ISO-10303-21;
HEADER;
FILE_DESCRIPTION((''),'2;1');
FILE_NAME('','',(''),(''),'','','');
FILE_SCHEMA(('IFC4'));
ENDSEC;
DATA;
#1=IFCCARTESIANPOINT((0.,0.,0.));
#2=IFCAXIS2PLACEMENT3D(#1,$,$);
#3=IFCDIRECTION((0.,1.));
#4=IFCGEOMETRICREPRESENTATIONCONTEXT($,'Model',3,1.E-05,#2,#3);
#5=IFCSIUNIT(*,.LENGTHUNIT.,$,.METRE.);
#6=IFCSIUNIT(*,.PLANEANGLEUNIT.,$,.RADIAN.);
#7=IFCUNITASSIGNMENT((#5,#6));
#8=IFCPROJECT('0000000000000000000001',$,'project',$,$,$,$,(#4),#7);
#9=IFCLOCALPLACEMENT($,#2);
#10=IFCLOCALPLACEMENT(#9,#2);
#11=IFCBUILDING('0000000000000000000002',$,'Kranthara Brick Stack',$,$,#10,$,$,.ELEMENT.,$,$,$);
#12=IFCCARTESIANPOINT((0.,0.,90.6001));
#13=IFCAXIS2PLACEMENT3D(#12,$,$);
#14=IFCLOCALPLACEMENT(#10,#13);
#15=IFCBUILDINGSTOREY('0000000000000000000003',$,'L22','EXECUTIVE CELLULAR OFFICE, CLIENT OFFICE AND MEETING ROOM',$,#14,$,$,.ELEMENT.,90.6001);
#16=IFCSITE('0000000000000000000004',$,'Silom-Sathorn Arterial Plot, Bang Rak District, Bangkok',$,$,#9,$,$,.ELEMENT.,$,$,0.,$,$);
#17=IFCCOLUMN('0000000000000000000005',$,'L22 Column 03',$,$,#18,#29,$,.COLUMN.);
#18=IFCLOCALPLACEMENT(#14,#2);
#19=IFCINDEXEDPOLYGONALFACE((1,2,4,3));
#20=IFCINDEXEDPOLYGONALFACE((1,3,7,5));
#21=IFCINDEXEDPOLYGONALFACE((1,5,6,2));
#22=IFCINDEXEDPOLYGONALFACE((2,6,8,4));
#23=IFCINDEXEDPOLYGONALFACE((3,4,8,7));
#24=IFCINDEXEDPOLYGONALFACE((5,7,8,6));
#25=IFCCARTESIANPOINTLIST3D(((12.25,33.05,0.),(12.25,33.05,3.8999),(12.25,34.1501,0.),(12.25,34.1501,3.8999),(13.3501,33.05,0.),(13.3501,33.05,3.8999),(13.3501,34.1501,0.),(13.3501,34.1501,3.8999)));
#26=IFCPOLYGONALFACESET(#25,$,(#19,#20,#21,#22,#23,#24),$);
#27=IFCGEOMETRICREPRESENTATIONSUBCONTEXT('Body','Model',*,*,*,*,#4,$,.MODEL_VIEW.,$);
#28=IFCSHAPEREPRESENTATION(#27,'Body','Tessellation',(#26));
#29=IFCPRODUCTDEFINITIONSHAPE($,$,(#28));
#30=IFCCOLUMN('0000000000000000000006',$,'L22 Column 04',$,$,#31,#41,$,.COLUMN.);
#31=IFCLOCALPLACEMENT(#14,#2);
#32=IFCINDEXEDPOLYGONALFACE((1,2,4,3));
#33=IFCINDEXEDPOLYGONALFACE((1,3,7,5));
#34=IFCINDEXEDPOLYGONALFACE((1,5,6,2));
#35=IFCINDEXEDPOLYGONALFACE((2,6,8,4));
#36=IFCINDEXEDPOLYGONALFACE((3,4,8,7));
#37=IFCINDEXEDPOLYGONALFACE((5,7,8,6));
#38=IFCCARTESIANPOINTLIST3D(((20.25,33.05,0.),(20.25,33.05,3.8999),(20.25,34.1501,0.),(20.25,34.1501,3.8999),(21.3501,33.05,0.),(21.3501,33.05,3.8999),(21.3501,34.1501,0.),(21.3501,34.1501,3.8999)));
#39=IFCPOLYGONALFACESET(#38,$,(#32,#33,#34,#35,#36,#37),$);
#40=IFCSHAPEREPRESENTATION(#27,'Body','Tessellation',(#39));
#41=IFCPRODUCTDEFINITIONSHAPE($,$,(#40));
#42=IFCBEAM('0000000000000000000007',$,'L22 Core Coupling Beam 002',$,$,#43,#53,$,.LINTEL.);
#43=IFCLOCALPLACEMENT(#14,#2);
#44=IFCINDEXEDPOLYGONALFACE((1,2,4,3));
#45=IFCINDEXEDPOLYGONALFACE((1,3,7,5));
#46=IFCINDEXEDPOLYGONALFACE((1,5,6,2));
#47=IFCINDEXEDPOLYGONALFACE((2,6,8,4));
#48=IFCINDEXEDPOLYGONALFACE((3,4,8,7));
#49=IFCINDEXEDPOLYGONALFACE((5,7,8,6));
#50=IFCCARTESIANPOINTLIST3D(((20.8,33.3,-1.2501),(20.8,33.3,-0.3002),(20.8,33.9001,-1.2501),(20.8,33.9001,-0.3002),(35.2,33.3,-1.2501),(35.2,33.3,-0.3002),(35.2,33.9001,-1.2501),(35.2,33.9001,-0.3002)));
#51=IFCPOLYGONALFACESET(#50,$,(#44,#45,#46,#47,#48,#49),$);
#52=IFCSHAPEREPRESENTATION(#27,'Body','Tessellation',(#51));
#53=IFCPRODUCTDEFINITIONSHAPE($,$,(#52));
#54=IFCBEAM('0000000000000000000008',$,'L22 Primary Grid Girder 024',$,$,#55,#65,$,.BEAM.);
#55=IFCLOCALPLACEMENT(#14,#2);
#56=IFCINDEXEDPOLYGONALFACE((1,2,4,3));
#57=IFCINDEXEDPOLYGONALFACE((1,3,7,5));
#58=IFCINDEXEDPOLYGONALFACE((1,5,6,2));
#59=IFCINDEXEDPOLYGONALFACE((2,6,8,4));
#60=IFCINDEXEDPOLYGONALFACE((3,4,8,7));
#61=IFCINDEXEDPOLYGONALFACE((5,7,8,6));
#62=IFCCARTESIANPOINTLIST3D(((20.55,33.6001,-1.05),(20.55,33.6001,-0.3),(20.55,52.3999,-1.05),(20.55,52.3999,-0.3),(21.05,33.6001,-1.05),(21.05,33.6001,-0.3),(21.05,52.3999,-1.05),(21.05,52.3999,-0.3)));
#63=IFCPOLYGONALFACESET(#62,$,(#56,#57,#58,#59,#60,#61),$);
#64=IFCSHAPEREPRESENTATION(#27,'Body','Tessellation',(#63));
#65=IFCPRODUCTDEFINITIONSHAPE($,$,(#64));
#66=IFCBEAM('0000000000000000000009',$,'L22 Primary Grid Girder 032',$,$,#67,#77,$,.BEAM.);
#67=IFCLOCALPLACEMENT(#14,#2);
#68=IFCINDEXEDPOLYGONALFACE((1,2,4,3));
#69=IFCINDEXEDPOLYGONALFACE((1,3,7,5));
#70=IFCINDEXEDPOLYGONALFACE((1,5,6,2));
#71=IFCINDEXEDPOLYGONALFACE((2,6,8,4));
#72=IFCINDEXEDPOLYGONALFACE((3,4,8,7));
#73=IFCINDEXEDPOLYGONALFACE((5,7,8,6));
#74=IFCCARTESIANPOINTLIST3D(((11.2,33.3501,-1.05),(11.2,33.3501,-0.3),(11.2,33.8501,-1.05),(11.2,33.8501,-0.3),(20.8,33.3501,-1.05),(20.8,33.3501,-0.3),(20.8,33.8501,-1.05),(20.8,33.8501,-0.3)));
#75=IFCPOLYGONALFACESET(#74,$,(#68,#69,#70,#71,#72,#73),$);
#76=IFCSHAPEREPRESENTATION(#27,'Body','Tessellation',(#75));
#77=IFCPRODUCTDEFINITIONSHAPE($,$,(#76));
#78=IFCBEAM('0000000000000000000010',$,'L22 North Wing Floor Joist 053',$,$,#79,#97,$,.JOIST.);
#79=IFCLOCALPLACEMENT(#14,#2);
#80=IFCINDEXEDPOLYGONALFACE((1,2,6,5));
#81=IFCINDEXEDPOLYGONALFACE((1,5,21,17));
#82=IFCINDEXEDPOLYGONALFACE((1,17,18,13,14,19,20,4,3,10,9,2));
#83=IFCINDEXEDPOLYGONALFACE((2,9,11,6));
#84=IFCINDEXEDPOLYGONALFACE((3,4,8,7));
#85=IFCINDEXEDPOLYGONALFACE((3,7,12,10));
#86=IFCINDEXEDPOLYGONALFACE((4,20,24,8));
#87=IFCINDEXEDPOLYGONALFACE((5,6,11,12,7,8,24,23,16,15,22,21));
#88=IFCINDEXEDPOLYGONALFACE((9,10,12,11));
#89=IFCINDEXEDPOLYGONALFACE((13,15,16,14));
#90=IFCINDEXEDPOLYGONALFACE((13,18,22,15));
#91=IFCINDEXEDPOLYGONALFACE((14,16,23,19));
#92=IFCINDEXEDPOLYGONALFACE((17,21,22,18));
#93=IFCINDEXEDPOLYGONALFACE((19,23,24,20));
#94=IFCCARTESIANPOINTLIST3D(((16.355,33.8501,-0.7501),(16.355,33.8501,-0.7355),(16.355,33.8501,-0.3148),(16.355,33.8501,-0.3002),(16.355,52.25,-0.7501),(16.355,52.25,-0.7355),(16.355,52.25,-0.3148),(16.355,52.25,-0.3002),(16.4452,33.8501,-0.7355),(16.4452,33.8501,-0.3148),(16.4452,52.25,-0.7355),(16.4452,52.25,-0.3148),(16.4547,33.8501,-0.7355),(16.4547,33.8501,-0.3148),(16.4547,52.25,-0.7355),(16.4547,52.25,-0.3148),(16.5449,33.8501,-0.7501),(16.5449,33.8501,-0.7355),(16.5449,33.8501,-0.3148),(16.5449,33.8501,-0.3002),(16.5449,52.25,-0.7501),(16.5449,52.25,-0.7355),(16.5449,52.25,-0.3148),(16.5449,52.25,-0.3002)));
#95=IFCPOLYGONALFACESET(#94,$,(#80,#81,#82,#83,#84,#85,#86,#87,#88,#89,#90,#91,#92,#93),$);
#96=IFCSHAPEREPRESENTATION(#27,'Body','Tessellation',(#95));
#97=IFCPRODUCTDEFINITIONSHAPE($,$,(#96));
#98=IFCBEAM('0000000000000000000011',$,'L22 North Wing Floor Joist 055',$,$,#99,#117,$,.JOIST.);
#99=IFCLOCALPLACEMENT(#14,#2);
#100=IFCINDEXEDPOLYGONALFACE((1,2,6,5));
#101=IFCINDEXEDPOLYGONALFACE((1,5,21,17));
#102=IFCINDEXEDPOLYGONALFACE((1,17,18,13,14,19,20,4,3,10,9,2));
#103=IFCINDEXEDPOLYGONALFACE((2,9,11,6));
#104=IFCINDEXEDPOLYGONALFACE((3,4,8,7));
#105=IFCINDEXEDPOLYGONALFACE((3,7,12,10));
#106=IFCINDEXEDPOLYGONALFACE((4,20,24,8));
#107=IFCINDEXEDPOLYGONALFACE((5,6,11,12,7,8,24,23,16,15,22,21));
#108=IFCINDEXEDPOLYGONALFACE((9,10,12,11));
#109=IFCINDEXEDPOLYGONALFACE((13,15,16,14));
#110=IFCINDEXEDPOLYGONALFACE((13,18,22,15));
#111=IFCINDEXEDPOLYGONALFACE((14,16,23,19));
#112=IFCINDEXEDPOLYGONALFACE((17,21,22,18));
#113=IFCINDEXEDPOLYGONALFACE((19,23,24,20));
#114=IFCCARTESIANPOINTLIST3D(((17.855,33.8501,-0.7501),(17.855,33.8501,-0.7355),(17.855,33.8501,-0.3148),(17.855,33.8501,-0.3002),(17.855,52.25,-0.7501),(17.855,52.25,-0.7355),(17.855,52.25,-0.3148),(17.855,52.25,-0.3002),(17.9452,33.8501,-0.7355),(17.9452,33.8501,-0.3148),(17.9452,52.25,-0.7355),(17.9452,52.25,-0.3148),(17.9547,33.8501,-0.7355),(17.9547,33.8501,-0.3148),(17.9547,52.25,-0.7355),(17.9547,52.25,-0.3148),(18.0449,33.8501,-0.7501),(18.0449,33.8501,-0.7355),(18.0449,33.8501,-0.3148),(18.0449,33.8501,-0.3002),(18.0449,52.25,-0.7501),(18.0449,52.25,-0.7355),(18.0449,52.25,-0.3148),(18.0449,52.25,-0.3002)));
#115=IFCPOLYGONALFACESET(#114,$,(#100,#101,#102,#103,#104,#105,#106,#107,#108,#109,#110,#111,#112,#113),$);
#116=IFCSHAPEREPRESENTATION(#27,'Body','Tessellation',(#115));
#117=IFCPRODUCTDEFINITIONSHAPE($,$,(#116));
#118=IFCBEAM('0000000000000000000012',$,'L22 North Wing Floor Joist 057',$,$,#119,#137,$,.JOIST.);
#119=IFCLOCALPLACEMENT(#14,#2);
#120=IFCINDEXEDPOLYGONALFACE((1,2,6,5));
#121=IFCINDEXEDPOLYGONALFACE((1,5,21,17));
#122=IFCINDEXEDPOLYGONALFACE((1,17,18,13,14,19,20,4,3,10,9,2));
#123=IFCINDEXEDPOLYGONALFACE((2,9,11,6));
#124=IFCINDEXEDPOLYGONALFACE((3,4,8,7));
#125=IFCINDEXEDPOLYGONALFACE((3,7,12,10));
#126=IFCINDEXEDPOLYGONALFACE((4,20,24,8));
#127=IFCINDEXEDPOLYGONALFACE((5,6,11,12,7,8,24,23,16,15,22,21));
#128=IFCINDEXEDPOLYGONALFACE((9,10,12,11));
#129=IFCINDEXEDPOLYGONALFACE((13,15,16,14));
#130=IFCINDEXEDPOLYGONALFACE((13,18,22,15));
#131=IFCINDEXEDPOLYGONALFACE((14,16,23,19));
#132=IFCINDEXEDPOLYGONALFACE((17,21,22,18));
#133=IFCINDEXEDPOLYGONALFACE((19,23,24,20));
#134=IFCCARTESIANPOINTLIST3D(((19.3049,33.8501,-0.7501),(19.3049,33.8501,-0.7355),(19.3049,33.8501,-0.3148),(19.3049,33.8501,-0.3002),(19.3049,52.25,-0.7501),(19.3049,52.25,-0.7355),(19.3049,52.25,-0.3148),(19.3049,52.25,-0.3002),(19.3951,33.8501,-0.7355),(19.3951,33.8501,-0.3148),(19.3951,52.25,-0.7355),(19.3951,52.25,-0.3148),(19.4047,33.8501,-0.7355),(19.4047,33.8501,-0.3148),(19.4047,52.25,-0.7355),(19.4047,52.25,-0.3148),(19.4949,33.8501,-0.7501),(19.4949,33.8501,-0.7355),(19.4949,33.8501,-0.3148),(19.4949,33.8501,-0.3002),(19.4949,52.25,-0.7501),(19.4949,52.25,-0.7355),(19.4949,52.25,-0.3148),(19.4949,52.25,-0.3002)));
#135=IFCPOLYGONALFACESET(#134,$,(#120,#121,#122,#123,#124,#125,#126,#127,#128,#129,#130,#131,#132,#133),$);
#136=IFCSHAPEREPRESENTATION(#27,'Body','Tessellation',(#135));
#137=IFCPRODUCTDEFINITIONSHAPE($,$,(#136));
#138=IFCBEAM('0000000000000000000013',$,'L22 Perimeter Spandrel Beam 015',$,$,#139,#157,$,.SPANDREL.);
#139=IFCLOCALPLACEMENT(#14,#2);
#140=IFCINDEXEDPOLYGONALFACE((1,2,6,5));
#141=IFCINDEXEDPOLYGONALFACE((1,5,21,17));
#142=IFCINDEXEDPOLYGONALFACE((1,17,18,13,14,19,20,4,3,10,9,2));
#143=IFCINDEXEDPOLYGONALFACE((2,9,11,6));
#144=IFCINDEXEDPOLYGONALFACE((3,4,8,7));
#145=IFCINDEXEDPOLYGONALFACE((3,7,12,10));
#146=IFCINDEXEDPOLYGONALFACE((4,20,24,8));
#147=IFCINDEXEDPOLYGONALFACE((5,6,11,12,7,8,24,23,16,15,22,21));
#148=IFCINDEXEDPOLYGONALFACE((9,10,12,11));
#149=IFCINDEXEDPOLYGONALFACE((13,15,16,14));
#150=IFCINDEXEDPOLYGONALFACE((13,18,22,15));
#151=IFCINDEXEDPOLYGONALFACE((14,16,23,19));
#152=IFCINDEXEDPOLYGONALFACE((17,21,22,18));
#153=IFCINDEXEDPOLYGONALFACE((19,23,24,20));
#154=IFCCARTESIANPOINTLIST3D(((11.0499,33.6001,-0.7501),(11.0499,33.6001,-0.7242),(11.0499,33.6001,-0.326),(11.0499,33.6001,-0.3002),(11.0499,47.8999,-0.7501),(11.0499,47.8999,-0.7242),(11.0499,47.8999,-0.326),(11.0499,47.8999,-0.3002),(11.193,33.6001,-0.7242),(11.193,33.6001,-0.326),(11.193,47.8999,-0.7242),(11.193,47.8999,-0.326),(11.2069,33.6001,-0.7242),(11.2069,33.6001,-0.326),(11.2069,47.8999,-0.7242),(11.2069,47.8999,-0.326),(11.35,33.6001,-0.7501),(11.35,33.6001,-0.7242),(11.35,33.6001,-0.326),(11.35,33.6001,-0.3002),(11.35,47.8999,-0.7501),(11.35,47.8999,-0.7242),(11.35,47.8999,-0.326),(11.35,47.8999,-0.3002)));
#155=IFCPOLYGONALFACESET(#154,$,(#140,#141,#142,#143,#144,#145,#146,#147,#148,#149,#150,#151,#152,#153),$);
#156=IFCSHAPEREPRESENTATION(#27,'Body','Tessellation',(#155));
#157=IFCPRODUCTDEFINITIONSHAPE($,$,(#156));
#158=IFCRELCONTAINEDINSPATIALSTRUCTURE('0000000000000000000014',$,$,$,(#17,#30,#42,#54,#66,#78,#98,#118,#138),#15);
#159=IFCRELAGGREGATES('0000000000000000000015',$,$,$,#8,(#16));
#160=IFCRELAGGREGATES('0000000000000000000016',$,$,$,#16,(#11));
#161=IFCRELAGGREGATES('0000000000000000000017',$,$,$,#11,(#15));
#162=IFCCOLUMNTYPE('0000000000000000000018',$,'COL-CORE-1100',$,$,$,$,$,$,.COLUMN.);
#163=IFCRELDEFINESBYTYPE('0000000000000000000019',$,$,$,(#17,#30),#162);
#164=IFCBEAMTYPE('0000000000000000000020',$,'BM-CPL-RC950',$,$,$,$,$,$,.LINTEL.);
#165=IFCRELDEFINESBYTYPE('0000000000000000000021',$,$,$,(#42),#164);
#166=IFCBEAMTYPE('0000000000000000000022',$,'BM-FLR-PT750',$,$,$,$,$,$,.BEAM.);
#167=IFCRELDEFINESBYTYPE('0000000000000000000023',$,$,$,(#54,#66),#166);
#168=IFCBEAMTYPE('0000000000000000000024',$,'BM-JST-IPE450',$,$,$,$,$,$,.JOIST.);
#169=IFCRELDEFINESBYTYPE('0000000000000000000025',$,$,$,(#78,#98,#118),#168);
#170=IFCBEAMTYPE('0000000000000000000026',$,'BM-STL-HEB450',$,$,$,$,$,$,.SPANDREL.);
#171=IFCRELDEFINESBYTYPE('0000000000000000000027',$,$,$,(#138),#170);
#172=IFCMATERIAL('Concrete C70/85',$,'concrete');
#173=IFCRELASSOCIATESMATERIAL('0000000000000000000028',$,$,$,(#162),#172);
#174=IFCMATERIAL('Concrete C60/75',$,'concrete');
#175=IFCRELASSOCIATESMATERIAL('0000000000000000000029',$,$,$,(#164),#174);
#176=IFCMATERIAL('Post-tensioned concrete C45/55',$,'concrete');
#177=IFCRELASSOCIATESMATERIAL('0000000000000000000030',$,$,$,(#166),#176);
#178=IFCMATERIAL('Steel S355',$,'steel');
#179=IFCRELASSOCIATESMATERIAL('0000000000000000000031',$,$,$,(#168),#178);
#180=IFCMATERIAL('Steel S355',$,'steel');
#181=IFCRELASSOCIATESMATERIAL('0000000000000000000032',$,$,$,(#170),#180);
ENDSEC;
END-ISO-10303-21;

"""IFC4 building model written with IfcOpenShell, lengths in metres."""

from ifc_helpers import new_model, si_unit, direction, frame, origin, origin_2d, place, context, subcontext, project, spatial, rectangle, i_section, extrude, material, material_profile, profile_set, type_object, element, save


model = new_model("IFC4")

# Units and contexts
model_context = context("Model", 3, precision=1e-05, world=origin(), true_north=direction((0.0, 1.0)))
body_context = subcontext(model_context, "Body", "Model", "MODEL_VIEW")
ifc_project = project(units=[si_unit("LENGTHUNIT", "METRE"), si_unit("PLANEANGLEUNIT", "RADIAN")], contexts=[model_context])

# Site, building, storey
site_placement = place(None, origin())
site = spatial("IfcSite", under=ifc_project, at=site_placement, Name="Silom-Sathorn Arterial Plot, Bang Rak District, Bangkok", CompositionType="ELEMENT", RefElevation=0.0)
building_placement = place(site_placement, origin())
building = spatial("IfcBuilding", under=site, at=building_placement, Name="Kranthara Brick Stack", CompositionType="ELEMENT")
storey_placement = place(building_placement, frame((0.0, 0.0, 90.6001)))
storey = spatial("IfcBuildingStorey", under=building, at=storey_placement, Name="L22", Description="EXECUTIVE CELLULAR OFFICE, CLIENT OFFICE AND MEETING ROOM", CompositionType="ELEMENT", Elevation=90.6001)

# Columns
ifc_material_1 = material(Name="Concrete C70/85", Category="concrete")
ifc_material_profile_1 = material_profile(ifc_material_1, rectangle(XDim=1.1001, YDim=1.1001, at=origin_2d()), Name="RC 1100x1100")
ifc_profile_set_1 = profile_set([ifc_material_profile_1], Name="Concrete C70/85")
column_type = type_object("IfcColumnType", Name="COL-CORE-1100", PredefinedType="COLUMN", material=ifc_profile_set_1)
for number, where, z_axis, x_axis, name in (
    (1, (12.8, 33.6001, 0.0), (0.0, 0.0, 1.0), (1.0, 0.0, 0.0), "L22 Column 03"),
    (2, (20.8, 33.6001, 0.0), (0.0, 0.0, 1.0), (1.0, 0.0, 0.0), "L22 Column 04"),
):
    element("IfcColumn", number, at=place(storey_placement, frame(where, z_axis=z_axis, x_axis=x_axis)), inside=storey, type_object=column_type, Name=name, PredefinedType="COLUMN", context=body_context, shape_type="SweptSolid", body=[
        extrude(rectangle(XDim=1.1001, YDim=1.1001, at=origin_2d()), origin(), (0.0, 0.0, 1.0), 3.8999),
    ])

# Beams
ifc_material_2 = material(Name="Concrete C60/75", Category="concrete")
ifc_material_profile_2 = material_profile(ifc_material_2, rectangle(XDim=0.6001, YDim=0.95, at=origin_2d()), Name="RC 600x950")
ifc_profile_set_2 = profile_set([ifc_material_profile_2], Name="Concrete C60/75")
beam_type_1 = type_object("IfcBeamType", Name="BM-CPL-RC950", PredefinedType="LINTEL", material=ifc_profile_set_2)
beam_1_placement = place(storey_placement, frame((20.8, 33.6001, -0.7751), z_axis=(1.0, 0.0, 0.0), x_axis=(0.0, 1.0, 0.0)))
element("IfcBeam", 3, at=beam_1_placement, inside=storey, type_object=beam_type_1, Name="L22 Core Coupling Beam 002", PredefinedType="LINTEL", context=body_context, shape_type="SweptSolid", body=[
    extrude(rectangle(XDim=0.6001, YDim=0.95, at=origin_2d()), origin(), (0.0, 0.0, 1.0), 14.3999),
])
ifc_material_3 = material(Name="Post-tensioned concrete C45/55", Category="concrete")
ifc_material_profile_3 = material_profile(ifc_material_3, rectangle(XDim=0.5, YDim=0.75, at=origin_2d()), Name="PT 500x750")
ifc_profile_set_3 = profile_set([ifc_material_profile_3], Name="Post-tensioned concrete C45/55")
beam_type_2 = type_object("IfcBeamType", Name="BM-FLR-PT750", PredefinedType="BEAM", material=ifc_profile_set_3)
beam_2_placement = place(storey_placement, frame((20.8, 33.6001, -0.675), z_axis=(0.0, 1.0, 0.0), x_axis=(-1.0, 0.0, 0.0)))
element("IfcBeam", 4, at=beam_2_placement, inside=storey, type_object=beam_type_2, Name="L22 Primary Grid Girder 024", PredefinedType="BEAM", context=body_context, shape_type="SweptSolid", body=[
    extrude(rectangle(XDim=0.5, YDim=0.75, at=origin_2d()), origin(), (0.0, 0.0, 1.0), 18.7998),
])
beam_3_placement = place(storey_placement, frame((11.2, 33.6001, -0.675), z_axis=(1.0, 0.0, 0.0), x_axis=(0.0, 1.0, 0.0)))
element("IfcBeam", 5, at=beam_3_placement, inside=storey, type_object=beam_type_2, Name="L22 Primary Grid Girder 032", PredefinedType="BEAM", context=body_context, shape_type="SweptSolid", body=[
    extrude(rectangle(XDim=0.5, YDim=0.75, at=origin_2d()), origin(), (0.0, 0.0, 1.0), 9.6001),
])
ifc_material_4 = material(Name="Steel S355", Category="steel")
ifc_material_profile_4 = material_profile(ifc_material_4, i_section(OverallWidth=0.1899, OverallDepth=0.45, WebThickness=0.0095, FlangeThickness=0.0146, at=origin_2d()), Name="IPE 450")
ifc_profile_set_4 = profile_set([ifc_material_profile_4], Name="Steel S355")
beam_type_3 = type_object("IfcBeamType", Name="BM-JST-IPE450", PredefinedType="JOIST", material=ifc_profile_set_4)
for number, where, z_axis, x_axis, name in (
    (6, (16.45, 33.8501, -0.5251), (0.0, 1.0, 0.0), (-1.0, 0.0, 0.0), "L22 North Wing Floor Joist 053"),
    (7, (17.95, 33.8501, -0.5251), (0.0, 1.0, 0.0), (-1.0, 0.0, 0.0), "L22 North Wing Floor Joist 055"),
    (8, (19.3999, 33.8501, -0.5251), (0.0, 1.0, 0.0), (-1.0, 0.0, 0.0), "L22 North Wing Floor Joist 057"),
):
    element("IfcBeam", number, at=place(storey_placement, frame(where, z_axis=z_axis, x_axis=x_axis)), inside=storey, type_object=beam_type_3, Name=name, PredefinedType="JOIST", context=body_context, shape_type="SweptSolid", body=[
        extrude(i_section(OverallWidth=0.1899, OverallDepth=0.45, WebThickness=0.0095, FlangeThickness=0.0146, at=origin_2d()), origin(), (0.0, 0.0, 1.0), 18.3999),
    ])
ifc_material_5 = material(Name="Steel S355", Category="steel")
ifc_material_profile_5 = material_profile(ifc_material_5, i_section(OverallWidth=0.3, OverallDepth=0.45, WebThickness=0.0139, FlangeThickness=0.0259, at=origin_2d()), Name="HEB 450")
ifc_profile_set_5 = profile_set([ifc_material_profile_5], Name="Steel S355")
beam_type_4 = type_object("IfcBeamType", Name="BM-STL-HEB450", PredefinedType="SPANDREL", material=ifc_profile_set_5)
beam_4_placement = place(storey_placement, frame((11.2, 33.6001, -0.5251), z_axis=(0.0, 1.0, 0.0), x_axis=(-1.0, 0.0, 0.0)))
element("IfcBeam", 9, at=beam_4_placement, inside=storey, type_object=beam_type_4, Name="L22 Perimeter Spandrel Beam 015", PredefinedType="SPANDREL", context=body_context, shape_type="SweptSolid", body=[
    extrude(i_section(OverallWidth=0.3, OverallDepth=0.45, WebThickness=0.0139, FlangeThickness=0.0259, at=origin_2d()), origin(), (0.0, 0.0, 1.0), 14.2998),
])

save(model, "model.ifc")
